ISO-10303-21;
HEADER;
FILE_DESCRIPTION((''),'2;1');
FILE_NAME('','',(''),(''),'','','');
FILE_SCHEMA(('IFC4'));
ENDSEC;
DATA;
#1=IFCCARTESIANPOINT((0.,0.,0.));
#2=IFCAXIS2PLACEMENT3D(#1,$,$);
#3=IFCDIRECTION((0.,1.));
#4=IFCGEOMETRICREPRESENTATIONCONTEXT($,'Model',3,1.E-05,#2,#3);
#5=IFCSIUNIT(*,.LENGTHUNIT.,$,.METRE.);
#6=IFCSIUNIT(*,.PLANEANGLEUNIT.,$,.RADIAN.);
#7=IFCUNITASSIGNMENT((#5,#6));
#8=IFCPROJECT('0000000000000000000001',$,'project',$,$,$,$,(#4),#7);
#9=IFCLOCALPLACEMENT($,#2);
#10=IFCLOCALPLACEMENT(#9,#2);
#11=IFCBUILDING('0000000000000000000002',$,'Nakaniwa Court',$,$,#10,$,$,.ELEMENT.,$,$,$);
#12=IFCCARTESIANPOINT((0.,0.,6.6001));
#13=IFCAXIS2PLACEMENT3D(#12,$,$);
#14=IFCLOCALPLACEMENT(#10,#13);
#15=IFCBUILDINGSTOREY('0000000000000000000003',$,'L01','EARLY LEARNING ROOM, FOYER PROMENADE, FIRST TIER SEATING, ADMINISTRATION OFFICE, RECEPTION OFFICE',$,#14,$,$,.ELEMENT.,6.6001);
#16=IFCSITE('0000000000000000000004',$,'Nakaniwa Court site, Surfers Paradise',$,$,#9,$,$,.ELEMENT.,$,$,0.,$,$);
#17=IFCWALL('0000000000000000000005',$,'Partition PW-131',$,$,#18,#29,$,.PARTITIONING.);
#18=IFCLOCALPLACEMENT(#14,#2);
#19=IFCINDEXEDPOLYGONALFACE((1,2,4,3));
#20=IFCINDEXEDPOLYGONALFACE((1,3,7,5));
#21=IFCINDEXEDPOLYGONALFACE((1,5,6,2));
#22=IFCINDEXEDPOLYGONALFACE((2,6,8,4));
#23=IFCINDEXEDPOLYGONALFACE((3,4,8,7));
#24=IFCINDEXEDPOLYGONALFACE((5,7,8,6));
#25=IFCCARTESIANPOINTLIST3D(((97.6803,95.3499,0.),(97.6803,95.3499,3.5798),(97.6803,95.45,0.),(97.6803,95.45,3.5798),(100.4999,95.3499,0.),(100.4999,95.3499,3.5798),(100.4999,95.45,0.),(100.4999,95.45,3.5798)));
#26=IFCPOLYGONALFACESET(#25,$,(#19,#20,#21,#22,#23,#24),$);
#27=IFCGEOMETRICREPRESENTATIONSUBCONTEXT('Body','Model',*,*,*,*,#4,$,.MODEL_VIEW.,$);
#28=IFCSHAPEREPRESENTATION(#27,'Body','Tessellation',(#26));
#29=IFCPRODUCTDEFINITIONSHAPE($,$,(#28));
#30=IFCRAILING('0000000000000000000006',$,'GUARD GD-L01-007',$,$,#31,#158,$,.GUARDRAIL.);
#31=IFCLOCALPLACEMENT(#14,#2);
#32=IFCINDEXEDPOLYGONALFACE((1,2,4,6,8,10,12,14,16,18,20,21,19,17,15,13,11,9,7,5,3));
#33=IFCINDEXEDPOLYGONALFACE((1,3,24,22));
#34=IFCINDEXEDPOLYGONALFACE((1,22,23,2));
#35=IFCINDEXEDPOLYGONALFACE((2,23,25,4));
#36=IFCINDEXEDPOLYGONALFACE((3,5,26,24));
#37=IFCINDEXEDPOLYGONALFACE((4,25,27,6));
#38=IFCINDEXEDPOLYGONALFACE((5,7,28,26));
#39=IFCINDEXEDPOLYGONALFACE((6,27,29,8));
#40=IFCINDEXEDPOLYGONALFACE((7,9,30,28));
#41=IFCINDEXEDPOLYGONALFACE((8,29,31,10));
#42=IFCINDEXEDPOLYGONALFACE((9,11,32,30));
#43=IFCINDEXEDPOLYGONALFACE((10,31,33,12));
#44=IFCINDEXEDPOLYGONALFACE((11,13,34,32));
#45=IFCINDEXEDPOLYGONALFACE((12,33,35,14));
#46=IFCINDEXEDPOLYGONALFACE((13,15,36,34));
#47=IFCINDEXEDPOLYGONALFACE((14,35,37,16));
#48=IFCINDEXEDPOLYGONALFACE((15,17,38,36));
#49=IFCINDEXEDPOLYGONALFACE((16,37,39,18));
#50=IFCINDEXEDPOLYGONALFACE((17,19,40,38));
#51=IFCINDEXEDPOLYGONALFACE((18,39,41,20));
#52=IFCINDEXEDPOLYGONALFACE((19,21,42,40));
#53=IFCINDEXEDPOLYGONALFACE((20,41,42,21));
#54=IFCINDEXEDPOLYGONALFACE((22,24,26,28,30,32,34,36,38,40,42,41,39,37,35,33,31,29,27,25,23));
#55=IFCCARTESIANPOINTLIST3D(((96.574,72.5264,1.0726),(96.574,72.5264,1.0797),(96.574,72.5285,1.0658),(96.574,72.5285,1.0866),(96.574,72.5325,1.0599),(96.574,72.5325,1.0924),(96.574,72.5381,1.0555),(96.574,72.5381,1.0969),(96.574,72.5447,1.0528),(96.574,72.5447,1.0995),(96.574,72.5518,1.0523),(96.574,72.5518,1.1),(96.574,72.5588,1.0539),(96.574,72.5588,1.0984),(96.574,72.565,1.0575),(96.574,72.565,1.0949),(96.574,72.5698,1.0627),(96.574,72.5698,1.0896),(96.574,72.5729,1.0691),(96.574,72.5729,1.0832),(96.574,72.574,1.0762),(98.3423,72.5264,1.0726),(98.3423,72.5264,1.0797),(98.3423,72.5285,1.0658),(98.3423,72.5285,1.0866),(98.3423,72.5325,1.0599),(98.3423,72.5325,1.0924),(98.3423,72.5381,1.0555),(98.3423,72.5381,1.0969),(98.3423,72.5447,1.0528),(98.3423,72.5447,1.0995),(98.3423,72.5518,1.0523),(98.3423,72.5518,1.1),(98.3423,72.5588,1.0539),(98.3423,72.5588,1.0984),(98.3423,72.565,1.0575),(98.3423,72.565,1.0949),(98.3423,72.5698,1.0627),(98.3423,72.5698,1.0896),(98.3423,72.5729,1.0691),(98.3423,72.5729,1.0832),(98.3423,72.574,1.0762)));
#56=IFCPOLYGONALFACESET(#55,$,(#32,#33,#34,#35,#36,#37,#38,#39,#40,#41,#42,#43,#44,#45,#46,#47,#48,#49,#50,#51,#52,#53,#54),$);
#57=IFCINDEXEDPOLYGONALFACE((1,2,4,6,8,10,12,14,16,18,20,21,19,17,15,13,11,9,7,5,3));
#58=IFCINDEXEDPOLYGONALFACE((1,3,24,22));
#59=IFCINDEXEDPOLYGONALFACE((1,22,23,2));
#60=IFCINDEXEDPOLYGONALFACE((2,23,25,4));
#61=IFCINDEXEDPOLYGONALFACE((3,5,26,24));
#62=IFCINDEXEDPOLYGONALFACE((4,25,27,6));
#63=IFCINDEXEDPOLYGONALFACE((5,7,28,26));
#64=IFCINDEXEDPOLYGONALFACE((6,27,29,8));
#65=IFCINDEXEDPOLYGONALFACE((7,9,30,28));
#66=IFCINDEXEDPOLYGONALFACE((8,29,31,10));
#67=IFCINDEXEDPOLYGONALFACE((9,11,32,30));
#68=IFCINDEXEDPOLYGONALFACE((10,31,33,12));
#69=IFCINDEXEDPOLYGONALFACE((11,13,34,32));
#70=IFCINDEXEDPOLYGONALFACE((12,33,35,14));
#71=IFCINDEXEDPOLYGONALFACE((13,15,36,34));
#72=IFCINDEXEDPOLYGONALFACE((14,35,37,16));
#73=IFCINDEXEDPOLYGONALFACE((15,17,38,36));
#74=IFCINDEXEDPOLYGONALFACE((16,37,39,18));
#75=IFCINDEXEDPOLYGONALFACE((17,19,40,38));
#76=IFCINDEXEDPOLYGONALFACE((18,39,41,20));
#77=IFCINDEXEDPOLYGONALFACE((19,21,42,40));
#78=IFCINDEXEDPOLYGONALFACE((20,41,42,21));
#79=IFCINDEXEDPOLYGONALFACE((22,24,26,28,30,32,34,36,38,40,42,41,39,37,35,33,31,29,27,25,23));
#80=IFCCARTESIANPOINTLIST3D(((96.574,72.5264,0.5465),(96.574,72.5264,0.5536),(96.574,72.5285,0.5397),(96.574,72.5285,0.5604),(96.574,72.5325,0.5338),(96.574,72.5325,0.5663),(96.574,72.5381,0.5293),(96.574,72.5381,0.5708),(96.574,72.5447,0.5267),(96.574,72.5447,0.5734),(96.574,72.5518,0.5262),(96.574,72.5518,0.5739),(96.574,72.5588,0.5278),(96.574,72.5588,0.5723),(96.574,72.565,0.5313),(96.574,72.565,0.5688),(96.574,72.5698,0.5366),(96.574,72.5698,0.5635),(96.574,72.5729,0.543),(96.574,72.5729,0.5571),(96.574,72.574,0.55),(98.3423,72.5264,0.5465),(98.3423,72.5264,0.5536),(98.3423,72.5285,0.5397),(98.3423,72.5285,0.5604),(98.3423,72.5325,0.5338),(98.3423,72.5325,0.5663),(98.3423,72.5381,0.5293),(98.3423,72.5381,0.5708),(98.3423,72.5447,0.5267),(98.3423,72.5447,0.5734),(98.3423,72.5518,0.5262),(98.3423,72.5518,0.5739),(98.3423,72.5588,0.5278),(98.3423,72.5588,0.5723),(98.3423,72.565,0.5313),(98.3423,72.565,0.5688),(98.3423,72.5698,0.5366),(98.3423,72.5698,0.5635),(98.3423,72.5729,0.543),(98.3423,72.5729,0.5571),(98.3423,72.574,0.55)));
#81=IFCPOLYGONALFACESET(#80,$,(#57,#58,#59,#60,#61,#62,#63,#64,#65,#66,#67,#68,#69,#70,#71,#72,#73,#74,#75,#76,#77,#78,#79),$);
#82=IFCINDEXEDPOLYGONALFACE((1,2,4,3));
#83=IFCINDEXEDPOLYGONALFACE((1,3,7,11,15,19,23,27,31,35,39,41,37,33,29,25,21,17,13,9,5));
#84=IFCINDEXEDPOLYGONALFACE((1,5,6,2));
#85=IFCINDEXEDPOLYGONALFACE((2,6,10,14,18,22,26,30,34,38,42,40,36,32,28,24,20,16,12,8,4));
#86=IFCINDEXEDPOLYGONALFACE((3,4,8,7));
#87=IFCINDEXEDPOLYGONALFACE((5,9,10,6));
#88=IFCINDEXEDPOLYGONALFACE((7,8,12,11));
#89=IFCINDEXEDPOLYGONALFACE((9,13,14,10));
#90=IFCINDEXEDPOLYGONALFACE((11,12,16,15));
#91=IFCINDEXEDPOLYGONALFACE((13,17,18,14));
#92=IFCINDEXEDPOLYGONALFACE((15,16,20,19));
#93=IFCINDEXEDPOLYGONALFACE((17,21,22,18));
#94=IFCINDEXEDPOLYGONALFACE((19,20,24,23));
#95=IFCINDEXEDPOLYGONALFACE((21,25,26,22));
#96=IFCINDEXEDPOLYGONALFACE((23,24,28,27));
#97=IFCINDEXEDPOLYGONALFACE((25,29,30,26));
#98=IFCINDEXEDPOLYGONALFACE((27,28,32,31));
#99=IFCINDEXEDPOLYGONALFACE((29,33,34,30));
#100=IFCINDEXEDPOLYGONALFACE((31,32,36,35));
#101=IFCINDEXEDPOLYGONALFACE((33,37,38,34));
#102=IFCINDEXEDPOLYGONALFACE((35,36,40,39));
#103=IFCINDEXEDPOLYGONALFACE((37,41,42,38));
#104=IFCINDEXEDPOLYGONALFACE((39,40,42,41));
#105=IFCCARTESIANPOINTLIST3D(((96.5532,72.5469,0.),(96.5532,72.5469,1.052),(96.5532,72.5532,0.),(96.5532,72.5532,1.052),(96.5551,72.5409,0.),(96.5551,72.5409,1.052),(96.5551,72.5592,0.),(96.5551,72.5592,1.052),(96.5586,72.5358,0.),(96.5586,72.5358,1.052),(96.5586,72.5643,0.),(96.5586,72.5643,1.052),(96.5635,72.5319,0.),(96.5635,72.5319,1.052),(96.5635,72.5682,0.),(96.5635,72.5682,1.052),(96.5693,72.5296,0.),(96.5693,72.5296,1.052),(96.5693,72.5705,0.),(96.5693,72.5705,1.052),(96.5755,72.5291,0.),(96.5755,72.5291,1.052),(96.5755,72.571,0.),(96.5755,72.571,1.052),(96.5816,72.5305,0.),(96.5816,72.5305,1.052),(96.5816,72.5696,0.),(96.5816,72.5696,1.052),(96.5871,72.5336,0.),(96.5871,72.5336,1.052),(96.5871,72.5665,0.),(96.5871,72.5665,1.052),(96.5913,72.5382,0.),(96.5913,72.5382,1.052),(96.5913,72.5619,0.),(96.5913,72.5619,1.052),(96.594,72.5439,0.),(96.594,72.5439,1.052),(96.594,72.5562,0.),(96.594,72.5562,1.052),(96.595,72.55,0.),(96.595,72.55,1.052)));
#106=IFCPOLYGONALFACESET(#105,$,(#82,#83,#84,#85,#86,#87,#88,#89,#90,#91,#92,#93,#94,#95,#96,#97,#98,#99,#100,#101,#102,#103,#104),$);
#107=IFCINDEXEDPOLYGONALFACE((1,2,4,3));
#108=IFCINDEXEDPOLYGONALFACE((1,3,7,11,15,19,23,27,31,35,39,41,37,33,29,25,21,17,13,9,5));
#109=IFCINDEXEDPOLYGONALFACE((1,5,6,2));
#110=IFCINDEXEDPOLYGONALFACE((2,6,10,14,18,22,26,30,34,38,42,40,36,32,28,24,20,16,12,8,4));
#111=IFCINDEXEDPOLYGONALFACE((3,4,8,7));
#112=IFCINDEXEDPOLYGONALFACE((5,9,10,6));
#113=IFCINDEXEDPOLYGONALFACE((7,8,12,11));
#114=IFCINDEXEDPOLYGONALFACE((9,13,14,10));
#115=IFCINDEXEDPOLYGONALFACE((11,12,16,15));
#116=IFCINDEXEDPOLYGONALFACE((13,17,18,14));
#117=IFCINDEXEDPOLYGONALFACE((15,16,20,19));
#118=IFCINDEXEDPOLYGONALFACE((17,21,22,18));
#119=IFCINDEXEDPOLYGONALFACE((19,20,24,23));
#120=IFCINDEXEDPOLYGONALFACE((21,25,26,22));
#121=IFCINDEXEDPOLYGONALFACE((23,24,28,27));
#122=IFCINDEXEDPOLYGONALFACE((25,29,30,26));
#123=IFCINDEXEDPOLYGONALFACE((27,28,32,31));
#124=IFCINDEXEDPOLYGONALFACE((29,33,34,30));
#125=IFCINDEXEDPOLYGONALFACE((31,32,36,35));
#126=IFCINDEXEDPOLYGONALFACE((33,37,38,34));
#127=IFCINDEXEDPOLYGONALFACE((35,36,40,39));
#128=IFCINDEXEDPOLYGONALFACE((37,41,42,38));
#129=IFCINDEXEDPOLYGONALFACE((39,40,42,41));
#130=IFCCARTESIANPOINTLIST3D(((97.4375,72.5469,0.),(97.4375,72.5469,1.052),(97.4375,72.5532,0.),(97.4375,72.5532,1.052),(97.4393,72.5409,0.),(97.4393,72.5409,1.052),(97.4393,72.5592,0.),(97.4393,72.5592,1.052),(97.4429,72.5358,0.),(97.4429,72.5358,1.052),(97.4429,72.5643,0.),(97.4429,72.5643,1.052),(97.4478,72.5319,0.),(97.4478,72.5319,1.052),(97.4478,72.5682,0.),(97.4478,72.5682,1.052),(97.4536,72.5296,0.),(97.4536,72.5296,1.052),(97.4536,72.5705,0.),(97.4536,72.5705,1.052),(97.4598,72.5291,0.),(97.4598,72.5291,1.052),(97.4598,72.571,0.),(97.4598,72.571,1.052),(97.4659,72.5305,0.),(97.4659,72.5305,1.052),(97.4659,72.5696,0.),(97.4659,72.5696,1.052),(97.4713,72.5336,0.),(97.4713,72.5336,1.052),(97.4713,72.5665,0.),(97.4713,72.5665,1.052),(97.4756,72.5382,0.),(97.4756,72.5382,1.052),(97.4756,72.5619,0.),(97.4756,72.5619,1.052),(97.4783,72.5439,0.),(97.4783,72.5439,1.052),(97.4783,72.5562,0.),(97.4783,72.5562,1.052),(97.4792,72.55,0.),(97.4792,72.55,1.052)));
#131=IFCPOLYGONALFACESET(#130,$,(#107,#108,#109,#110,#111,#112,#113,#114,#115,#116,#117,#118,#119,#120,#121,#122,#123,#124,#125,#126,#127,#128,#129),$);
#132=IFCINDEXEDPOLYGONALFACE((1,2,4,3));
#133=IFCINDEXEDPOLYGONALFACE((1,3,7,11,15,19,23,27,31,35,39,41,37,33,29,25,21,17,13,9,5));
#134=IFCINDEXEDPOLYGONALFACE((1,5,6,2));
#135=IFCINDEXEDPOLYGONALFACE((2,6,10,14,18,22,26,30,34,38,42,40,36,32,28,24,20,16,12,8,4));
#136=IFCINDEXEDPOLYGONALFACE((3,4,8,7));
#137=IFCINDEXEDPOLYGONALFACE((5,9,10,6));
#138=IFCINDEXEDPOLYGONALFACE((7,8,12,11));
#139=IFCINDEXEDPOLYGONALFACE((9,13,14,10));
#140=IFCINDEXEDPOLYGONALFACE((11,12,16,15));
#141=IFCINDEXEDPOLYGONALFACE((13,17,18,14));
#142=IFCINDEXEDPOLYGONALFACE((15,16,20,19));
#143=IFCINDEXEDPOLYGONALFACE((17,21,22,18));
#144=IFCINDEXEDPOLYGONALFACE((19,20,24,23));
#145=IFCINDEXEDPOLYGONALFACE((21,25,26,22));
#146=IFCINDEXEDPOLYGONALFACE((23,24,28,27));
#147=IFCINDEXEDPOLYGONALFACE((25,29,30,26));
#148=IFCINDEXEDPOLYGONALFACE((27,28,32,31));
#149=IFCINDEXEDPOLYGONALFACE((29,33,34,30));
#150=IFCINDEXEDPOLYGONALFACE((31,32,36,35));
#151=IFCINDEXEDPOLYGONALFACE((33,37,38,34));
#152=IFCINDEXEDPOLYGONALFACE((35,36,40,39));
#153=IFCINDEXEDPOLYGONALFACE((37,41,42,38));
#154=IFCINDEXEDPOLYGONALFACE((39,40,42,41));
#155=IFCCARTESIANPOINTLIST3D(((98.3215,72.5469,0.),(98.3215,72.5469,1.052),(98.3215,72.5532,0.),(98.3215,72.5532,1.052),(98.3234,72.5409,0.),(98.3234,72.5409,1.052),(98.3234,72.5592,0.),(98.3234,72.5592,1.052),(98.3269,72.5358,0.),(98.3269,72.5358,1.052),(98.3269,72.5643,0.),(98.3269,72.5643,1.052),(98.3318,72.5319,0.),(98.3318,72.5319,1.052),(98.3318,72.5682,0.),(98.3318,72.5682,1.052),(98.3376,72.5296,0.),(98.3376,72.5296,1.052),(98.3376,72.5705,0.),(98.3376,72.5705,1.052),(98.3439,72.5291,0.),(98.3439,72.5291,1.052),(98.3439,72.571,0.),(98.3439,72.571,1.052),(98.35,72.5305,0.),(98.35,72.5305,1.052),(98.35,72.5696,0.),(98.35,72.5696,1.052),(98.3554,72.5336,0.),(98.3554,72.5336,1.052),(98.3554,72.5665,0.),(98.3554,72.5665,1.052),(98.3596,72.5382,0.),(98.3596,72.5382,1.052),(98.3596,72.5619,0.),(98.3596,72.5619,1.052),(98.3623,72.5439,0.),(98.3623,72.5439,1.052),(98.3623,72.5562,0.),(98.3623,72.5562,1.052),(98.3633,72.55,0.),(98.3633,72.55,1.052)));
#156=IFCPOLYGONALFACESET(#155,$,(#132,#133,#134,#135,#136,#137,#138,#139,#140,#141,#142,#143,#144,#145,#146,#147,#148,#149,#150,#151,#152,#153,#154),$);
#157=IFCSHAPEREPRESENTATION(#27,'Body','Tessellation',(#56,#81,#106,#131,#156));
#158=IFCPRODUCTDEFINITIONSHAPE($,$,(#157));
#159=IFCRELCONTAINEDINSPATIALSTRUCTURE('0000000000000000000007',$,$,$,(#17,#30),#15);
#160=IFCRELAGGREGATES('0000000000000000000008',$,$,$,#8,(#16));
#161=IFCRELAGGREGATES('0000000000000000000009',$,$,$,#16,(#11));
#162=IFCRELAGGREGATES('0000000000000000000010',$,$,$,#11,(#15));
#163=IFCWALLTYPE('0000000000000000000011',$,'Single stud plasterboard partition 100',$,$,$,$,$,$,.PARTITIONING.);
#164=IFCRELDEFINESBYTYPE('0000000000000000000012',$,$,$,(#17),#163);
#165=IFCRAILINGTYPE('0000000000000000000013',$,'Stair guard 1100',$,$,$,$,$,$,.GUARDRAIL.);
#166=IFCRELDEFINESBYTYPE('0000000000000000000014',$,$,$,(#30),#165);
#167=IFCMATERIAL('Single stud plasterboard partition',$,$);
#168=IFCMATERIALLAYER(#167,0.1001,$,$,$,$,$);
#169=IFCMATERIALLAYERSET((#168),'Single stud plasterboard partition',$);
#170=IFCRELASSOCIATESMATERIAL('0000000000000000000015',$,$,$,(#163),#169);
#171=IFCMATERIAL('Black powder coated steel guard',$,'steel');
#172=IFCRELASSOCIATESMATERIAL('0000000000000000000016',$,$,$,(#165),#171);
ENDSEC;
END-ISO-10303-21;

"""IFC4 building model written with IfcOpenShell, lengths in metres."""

from ifc_helpers import new_model, si_unit, direction, frame, frame_2d, origin, origin_2d, place, context, subcontext, project, spatial, rectangle, circle, extrude, material, layer, layer_set, type_object, element, save


model = new_model("IFC4")

# Units and contexts
model_context = context("Model", 3, precision=1e-05, world=origin(), true_north=direction((0.0, 1.0)))
body_context = subcontext(model_context, "Body", "Model", "MODEL_VIEW")
ifc_project = project(units=[si_unit("LENGTHUNIT", "METRE"), si_unit("PLANEANGLEUNIT", "RADIAN")], contexts=[model_context])

# Site, building, storey
site_placement = place(None, origin())
site = spatial("IfcSite", under=ifc_project, at=site_placement, Name="Nakaniwa Court site, Surfers Paradise", CompositionType="ELEMENT", RefElevation=0.0)
building_placement = place(site_placement, origin())
building = spatial("IfcBuilding", under=site, at=building_placement, Name="Nakaniwa Court", CompositionType="ELEMENT")
storey_placement = place(building_placement, frame((0.0, 0.0, 6.6001)))
storey = spatial("IfcBuildingStorey", under=building, at=storey_placement, Name="L01", Description="EARLY LEARNING ROOM, FOYER PROMENADE, FIRST TIER SEATING, ADMINISTRATION OFFICE, RECEPTION OFFICE", CompositionType="ELEMENT", Elevation=6.6001)

# Wall
ifc_material_1 = material(Name="Single stud plasterboard partition")
ifc_layer_1 = layer(ifc_material_1, 0.1001)
ifc_layer_set_1 = layer_set([ifc_layer_1], Name="Single stud plasterboard partition")
wall_type_1 = type_object("IfcWallType", Name="Single stud plasterboard partition 100", PredefinedType="PARTITIONING", material=ifc_layer_set_1)
wall_1_placement = place(storey_placement, frame((97.6804, 95.3999, 0.0), z_axis=(0.0, 0.0, 1.0), x_axis=(1.0, 0.0, 0.0)))
element("IfcWall", 1, at=wall_1_placement, inside=storey, type_object=wall_type_1, Name="Partition PW-131", PredefinedType="PARTITIONING", context=body_context, shape_type="SweptSolid", body=[
    extrude(rectangle(XDim=2.8196, YDim=0.1001, at=frame_2d((1.4097, 0.0))), origin(), (0.0, 0.0, 1.0), 3.5798),
])

# Railing
ifc_material_2 = material(Name="Black powder coated steel guard", Category="steel")
railing_type = type_object("IfcRailingType", Name="Stair guard 1100", PredefinedType="GUARDRAIL", material=ifc_material_2)
railing_1_placement = place(storey_placement, frame((96.574, 72.55, 0.0)))
element("IfcRailing", 2, at=railing_1_placement, inside=storey, type_object=railing_type, Name="GUARD GD-L01-007", PredefinedType="GUARDRAIL", context=body_context, shape_type="SweptSolid", body=[
    extrude(circle(Radius=0.0239, at=origin_2d()), frame((0.0, 0.0, 1.0762), z_axis=(1.0, 0.0, 0.0), x_axis=(0.0, 1.0, 0.0)), (0.0, 0.0, 1.0), 1.7683),
    extrude(circle(Radius=0.0239, at=origin_2d()), frame((0.0, 0.0, 0.55), z_axis=(1.0, 0.0, 0.0), x_axis=(0.0, 1.0, 0.0)), (0.0, 0.0, 1.0), 1.7683),
    extrude(circle(Radius=0.021, at=origin_2d()), origin(), (0.0, 0.0, 1.0), 1.052),
    extrude(circle(Radius=0.021, at=origin_2d()), frame((0.8843, 0.0, 0.0)), (0.0, 0.0, 1.0), 1.052),
    extrude(circle(Radius=0.021, at=origin_2d()), frame((1.7683, 0.0, 0.0)), (0.0, 0.0, 1.0), 1.052),
])

save(model, "model.ifc")
